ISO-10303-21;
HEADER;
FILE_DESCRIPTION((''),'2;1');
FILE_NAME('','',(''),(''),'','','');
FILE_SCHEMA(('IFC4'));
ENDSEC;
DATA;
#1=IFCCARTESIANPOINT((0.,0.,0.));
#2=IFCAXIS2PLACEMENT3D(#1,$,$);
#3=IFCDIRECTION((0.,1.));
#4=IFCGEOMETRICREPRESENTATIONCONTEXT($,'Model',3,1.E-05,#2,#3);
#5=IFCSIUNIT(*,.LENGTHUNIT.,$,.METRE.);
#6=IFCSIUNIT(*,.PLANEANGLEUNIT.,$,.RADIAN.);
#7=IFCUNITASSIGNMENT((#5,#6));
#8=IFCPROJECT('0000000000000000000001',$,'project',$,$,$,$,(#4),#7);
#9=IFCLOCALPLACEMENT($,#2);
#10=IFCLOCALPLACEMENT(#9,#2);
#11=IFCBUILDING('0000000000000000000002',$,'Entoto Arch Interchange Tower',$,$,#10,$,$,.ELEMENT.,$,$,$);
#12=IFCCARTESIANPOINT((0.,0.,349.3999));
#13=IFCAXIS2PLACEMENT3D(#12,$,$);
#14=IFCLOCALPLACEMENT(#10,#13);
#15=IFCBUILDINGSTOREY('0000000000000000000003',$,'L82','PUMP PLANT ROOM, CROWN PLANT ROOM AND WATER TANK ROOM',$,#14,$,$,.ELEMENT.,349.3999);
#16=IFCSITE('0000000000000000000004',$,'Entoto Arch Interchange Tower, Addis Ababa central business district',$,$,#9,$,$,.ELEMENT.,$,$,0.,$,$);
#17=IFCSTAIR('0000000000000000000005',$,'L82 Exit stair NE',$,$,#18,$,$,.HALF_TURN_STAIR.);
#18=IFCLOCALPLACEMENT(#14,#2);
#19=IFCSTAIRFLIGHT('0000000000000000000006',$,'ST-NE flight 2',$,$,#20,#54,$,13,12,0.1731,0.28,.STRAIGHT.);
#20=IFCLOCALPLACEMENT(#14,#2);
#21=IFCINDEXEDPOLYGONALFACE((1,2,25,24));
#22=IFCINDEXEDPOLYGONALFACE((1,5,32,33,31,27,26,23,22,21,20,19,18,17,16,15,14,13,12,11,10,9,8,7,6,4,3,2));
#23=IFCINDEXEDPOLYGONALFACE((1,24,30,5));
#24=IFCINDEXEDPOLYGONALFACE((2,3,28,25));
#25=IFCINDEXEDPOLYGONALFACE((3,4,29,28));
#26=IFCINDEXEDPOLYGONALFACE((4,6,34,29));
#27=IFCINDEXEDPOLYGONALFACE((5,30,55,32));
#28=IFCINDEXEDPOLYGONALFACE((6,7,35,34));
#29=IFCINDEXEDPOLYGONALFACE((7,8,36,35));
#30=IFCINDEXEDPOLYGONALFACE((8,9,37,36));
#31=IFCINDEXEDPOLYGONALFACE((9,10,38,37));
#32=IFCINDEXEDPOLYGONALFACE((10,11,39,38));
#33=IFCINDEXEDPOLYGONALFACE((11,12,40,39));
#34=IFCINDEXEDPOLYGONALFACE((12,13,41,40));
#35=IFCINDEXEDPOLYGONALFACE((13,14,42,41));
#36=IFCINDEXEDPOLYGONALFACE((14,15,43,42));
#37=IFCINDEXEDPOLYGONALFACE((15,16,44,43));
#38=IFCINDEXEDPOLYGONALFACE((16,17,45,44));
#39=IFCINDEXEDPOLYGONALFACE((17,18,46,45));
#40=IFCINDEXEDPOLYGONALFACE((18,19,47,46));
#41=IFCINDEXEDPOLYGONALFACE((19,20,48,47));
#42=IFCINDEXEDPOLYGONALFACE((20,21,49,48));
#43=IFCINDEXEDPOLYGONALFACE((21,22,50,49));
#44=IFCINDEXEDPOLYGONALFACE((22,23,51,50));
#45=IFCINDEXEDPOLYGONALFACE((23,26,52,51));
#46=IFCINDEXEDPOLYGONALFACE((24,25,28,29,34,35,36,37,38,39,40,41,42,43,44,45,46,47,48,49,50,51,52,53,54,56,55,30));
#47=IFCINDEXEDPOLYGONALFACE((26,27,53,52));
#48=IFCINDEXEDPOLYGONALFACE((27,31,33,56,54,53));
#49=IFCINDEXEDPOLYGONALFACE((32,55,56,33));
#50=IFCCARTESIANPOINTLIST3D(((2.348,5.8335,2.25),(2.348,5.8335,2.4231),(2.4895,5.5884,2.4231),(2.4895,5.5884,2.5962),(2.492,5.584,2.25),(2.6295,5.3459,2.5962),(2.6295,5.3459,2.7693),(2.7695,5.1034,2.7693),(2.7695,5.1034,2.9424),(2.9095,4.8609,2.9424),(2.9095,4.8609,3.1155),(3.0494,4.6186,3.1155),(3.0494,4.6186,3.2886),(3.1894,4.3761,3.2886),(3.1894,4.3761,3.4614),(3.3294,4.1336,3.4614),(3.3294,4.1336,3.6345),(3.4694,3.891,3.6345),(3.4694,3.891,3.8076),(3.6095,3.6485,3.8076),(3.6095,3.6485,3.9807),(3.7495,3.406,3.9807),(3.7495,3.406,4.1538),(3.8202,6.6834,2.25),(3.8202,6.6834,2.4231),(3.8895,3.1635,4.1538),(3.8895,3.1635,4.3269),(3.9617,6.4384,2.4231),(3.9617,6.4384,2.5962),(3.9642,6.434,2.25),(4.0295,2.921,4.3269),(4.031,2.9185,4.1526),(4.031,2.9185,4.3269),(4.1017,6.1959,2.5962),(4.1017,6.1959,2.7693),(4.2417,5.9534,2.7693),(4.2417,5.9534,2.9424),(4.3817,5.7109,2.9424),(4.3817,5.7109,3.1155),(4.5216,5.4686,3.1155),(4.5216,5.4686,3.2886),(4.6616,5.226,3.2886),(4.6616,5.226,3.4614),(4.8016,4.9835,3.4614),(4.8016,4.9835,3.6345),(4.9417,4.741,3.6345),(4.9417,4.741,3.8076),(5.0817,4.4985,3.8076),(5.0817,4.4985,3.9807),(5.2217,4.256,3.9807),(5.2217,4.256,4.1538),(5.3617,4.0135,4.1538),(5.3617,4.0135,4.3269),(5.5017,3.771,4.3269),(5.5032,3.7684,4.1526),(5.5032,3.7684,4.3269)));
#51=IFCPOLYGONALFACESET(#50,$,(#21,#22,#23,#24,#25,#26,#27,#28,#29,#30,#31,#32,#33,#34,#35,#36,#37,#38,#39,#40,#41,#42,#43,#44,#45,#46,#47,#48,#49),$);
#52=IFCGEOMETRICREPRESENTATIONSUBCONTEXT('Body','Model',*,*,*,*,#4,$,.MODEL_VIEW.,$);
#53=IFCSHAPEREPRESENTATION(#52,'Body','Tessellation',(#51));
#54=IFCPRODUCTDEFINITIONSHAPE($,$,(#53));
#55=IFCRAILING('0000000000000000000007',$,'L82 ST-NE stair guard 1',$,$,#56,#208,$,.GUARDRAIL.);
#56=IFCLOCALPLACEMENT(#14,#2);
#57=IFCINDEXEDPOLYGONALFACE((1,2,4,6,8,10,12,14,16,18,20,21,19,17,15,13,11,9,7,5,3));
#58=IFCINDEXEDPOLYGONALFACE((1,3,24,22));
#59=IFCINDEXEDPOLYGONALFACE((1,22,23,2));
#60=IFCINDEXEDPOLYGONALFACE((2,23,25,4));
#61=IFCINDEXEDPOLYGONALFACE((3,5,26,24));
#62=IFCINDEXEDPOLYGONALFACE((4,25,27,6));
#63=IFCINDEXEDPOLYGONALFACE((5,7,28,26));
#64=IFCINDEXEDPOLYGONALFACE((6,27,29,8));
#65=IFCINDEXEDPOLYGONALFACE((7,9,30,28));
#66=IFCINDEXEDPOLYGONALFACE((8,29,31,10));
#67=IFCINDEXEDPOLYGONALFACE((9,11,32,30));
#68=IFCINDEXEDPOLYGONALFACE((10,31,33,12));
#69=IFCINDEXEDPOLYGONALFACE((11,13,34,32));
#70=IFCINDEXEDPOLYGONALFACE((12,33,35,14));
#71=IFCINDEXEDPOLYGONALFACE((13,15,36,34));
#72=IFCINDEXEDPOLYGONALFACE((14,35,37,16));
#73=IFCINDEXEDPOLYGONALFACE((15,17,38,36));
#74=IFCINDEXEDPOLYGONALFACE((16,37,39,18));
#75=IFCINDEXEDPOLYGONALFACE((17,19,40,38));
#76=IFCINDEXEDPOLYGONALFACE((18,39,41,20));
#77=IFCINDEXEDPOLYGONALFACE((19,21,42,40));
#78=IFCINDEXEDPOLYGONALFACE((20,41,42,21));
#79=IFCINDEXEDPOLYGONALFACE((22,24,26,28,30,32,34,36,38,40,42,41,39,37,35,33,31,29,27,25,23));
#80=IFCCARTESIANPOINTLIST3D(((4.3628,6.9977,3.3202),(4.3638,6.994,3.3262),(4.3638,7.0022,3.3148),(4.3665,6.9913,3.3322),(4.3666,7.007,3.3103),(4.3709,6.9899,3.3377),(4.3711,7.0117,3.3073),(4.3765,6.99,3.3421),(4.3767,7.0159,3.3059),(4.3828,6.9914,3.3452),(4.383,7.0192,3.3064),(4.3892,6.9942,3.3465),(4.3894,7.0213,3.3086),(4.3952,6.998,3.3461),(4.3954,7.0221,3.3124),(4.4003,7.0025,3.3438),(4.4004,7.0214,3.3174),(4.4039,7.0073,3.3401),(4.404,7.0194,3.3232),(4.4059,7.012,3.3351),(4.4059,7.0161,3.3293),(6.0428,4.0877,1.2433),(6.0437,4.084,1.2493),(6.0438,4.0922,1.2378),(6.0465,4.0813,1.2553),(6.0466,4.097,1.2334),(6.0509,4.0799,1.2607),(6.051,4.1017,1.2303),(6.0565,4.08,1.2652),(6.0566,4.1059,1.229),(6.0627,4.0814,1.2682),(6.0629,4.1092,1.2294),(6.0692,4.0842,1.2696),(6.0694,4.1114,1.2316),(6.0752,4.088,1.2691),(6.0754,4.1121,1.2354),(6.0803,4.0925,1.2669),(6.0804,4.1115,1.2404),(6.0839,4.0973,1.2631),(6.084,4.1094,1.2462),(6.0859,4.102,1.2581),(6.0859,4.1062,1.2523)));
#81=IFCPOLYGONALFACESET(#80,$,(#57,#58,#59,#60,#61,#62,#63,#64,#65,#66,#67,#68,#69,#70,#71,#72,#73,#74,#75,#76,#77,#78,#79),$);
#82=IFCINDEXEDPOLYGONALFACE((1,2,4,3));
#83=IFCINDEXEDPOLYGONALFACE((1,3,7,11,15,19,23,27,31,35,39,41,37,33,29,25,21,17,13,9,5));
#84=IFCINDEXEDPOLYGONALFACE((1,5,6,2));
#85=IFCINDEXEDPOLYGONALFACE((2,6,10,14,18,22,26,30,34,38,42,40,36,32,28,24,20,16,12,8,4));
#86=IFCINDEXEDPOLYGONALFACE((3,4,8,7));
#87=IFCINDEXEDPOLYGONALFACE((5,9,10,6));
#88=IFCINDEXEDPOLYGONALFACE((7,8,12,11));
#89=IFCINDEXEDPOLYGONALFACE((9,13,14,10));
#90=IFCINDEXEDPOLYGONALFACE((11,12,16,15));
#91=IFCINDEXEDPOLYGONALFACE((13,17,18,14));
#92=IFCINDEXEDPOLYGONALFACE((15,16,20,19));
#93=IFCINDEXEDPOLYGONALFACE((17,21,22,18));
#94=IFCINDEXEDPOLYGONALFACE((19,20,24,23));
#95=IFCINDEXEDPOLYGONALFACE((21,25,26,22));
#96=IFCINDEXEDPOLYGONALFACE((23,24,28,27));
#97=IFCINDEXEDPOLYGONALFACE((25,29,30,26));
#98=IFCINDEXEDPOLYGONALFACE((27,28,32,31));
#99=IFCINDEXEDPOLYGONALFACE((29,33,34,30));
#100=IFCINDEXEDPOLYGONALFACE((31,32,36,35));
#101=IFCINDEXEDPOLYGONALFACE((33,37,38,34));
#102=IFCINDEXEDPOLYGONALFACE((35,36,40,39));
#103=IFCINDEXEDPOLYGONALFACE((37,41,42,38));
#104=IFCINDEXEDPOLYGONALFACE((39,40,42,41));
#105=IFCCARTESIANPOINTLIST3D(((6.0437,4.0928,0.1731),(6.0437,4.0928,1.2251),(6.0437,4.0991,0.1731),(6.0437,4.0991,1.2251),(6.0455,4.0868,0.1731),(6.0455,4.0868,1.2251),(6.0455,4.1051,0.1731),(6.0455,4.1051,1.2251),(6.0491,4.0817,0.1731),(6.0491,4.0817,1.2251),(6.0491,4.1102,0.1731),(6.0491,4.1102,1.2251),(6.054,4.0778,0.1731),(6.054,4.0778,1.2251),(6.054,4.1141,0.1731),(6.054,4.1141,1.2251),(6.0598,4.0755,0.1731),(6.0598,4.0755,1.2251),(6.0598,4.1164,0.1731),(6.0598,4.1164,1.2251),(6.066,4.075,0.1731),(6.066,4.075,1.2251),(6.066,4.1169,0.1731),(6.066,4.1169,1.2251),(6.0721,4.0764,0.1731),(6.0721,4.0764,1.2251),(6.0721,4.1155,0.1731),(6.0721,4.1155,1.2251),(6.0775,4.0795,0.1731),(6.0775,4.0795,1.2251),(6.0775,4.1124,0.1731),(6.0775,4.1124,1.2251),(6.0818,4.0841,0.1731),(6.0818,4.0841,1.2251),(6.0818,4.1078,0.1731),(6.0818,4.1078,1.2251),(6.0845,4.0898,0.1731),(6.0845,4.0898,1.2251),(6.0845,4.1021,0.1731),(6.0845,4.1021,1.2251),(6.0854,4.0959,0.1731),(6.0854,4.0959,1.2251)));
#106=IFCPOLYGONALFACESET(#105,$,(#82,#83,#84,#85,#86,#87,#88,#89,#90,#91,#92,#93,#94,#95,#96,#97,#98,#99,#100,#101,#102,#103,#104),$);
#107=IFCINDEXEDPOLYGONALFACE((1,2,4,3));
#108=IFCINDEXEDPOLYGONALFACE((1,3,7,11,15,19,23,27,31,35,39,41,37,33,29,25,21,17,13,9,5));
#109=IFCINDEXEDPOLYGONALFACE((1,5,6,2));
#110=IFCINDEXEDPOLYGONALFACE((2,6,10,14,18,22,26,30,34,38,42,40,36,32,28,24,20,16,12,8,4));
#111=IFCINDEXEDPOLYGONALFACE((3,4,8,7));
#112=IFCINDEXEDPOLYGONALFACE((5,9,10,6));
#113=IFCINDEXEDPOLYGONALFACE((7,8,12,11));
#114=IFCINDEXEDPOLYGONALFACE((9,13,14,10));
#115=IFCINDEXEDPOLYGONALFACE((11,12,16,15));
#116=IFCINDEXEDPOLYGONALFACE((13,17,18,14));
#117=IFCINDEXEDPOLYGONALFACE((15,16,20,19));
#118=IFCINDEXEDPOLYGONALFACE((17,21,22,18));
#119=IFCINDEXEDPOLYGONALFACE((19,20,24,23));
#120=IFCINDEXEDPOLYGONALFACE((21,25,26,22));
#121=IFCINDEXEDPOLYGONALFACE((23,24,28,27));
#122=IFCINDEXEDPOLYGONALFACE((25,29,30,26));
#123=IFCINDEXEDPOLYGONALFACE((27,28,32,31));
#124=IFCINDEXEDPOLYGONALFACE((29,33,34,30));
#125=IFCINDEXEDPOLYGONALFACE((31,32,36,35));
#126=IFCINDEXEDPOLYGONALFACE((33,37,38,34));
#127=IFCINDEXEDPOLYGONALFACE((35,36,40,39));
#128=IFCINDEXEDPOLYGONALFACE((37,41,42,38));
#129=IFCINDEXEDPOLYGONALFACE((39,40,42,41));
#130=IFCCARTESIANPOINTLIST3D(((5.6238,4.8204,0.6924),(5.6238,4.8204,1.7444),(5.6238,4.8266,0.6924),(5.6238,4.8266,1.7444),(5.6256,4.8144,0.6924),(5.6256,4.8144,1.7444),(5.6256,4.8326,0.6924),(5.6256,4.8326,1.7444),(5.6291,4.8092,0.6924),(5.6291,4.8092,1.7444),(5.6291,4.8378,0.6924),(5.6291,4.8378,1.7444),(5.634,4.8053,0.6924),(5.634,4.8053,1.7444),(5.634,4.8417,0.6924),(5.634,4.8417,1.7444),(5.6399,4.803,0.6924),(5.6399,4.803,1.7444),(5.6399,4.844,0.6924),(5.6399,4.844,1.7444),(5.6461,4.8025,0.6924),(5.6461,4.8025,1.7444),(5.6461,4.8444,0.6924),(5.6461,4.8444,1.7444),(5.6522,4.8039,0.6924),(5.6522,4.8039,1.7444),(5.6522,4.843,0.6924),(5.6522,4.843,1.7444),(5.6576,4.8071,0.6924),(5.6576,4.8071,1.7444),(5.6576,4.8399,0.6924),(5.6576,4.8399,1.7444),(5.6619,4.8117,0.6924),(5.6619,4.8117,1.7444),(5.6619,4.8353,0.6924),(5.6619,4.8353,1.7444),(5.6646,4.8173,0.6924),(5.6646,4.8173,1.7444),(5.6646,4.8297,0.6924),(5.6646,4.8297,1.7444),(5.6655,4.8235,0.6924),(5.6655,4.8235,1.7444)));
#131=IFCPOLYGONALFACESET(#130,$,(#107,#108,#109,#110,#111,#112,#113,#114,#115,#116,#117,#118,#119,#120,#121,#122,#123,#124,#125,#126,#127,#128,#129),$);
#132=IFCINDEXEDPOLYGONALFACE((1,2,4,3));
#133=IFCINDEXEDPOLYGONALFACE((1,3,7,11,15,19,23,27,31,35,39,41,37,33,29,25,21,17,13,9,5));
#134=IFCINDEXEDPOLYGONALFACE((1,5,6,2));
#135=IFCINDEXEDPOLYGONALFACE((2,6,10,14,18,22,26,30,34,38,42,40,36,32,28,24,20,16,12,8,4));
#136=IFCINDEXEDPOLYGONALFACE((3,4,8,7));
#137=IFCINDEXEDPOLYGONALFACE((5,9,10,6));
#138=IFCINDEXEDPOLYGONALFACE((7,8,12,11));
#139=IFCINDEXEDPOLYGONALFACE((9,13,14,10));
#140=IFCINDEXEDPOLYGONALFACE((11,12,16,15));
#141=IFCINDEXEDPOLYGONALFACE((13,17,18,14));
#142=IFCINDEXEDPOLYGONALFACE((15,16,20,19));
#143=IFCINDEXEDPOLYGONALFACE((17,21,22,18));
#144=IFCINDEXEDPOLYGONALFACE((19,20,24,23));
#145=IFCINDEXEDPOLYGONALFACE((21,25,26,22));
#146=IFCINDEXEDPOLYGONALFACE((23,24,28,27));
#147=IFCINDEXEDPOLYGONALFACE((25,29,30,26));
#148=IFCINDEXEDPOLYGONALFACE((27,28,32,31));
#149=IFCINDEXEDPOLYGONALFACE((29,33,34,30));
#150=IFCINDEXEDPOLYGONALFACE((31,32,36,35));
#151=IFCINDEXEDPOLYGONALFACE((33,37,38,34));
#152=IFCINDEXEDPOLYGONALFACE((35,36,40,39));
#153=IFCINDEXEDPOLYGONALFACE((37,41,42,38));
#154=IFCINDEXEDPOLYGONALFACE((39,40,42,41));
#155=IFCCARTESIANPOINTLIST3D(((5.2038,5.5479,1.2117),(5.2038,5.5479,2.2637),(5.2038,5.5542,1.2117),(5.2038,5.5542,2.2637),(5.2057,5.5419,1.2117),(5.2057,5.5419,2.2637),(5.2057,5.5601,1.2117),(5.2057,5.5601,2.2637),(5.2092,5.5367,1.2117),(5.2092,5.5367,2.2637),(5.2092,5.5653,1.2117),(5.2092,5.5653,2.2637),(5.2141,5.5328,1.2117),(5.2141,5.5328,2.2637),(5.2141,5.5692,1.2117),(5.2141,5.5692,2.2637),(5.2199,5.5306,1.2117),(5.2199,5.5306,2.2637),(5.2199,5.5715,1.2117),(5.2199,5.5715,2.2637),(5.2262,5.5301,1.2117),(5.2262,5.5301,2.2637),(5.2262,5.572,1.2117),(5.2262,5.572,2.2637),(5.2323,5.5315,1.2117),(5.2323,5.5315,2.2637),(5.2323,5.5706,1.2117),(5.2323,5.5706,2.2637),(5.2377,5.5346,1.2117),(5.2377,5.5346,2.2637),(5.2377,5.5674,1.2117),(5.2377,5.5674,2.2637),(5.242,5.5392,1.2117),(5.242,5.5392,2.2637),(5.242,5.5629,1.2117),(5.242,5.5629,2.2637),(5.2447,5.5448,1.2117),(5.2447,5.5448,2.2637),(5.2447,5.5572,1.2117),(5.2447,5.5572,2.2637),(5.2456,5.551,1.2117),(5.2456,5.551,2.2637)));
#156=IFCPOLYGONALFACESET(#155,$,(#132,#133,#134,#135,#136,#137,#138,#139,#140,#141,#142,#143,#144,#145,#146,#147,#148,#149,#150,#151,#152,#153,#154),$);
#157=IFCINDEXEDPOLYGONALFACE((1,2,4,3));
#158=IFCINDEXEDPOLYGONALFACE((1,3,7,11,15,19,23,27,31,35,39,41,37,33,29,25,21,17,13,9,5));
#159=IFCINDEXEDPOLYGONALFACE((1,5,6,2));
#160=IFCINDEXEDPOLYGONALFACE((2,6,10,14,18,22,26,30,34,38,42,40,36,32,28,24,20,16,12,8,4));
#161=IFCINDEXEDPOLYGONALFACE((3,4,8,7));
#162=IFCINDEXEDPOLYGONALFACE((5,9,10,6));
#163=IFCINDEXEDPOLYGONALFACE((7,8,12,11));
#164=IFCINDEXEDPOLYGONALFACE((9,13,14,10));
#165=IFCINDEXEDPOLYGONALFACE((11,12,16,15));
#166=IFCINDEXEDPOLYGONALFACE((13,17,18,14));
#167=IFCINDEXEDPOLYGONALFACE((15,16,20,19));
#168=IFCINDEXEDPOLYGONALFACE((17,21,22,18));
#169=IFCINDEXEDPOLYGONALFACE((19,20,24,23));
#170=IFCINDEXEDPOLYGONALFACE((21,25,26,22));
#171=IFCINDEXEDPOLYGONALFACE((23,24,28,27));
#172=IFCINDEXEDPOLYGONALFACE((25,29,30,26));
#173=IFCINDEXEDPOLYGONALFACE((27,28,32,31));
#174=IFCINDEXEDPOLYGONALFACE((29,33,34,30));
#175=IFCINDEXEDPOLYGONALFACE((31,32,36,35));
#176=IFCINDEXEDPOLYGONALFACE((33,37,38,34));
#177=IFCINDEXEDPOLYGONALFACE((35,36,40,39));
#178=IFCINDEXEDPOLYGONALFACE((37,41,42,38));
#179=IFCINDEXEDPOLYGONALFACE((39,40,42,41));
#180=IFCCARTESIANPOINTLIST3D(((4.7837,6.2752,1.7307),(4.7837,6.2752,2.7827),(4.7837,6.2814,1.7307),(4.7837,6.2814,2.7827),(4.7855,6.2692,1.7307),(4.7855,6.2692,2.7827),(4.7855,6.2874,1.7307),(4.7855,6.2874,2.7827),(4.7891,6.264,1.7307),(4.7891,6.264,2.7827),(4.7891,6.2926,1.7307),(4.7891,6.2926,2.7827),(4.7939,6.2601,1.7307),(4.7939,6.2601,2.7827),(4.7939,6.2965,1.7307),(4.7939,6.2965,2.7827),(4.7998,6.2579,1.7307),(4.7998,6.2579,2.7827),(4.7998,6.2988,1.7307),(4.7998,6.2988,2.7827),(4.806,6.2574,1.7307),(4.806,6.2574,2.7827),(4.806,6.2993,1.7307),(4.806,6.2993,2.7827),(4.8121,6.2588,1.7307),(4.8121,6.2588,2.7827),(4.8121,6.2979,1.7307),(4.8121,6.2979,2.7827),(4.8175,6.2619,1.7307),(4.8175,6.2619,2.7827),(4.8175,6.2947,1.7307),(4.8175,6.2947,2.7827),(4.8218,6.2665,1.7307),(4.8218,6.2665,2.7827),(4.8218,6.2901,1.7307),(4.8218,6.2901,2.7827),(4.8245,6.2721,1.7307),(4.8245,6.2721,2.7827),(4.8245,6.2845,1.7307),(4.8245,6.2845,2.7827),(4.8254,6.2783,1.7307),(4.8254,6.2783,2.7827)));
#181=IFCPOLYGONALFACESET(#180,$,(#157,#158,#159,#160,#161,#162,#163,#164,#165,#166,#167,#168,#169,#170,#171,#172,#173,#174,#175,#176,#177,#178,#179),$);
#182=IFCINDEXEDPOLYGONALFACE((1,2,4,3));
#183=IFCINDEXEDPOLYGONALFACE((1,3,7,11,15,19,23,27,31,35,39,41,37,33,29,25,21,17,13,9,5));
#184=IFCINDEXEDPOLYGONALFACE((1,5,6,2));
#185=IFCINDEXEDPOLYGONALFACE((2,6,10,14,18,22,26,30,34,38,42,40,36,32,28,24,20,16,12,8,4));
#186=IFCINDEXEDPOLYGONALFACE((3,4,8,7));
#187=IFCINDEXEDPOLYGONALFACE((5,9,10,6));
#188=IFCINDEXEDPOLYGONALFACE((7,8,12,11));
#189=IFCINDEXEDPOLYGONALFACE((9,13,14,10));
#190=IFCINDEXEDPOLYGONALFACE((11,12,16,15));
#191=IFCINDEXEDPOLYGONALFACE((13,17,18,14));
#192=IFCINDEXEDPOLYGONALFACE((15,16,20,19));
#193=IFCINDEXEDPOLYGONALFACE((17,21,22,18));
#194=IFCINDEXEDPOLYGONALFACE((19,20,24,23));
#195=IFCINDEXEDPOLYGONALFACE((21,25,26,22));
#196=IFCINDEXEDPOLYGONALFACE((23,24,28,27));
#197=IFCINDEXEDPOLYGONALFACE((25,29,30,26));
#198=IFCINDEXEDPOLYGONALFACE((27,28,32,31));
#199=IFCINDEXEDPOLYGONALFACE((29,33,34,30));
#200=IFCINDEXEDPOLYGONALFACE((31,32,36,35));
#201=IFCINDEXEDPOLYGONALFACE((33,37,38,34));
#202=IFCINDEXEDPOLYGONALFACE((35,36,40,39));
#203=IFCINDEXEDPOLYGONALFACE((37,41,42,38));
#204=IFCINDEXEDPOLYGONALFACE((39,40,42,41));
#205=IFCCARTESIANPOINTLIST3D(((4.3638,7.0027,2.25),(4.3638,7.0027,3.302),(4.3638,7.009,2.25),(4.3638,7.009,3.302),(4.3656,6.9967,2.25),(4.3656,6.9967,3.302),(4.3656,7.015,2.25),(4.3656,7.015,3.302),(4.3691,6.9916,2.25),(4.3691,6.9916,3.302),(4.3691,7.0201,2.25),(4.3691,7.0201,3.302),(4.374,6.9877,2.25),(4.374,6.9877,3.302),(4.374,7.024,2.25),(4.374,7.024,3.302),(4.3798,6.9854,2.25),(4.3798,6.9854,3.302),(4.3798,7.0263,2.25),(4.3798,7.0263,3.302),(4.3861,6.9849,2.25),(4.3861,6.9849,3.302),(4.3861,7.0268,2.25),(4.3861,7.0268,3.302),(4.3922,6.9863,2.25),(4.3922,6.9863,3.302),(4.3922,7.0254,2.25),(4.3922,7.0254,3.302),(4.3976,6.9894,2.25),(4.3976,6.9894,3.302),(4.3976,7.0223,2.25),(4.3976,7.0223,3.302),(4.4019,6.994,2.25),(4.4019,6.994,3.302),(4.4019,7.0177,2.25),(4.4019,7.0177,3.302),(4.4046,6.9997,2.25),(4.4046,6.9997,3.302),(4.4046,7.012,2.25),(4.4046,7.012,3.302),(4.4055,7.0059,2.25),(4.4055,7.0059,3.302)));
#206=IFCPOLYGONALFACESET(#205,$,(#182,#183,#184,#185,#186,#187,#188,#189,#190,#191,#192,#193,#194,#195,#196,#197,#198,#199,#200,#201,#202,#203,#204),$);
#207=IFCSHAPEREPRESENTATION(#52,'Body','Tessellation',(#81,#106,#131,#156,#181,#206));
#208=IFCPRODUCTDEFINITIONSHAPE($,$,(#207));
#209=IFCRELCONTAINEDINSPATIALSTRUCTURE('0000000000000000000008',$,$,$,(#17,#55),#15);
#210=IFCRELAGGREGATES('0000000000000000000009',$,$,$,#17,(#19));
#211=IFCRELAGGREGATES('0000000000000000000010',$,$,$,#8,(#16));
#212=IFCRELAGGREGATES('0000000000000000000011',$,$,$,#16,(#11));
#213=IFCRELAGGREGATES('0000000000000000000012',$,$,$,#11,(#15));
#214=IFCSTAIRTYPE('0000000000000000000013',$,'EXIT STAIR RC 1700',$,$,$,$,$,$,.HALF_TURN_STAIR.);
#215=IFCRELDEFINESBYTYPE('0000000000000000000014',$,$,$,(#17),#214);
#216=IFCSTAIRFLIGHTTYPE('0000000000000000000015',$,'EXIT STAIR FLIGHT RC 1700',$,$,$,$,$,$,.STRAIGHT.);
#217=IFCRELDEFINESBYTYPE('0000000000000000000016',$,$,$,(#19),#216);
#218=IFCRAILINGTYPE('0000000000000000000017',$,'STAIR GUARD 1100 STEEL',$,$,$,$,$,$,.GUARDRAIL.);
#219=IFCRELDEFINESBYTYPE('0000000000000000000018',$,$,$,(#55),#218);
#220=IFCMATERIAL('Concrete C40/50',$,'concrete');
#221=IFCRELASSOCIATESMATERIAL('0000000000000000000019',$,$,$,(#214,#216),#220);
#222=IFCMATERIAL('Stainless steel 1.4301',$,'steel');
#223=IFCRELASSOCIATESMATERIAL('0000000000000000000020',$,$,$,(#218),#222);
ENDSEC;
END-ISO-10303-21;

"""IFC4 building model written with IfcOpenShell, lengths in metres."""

from ifc_helpers import new_model, si_unit, direction, frame, origin, origin_2d, place, context, subcontext, project, spatial, polyline, circle, outline, extrude, material, type_object, element, aggregate, save


model = new_model("IFC4")

# Units and contexts
model_context = context("Model", 3, precision=1e-05, world=origin(), true_north=direction((0.0, 1.0)))
body_context = subcontext(model_context, "Body", "Model", "MODEL_VIEW")
ifc_project = project(units=[si_unit("LENGTHUNIT", "METRE"), si_unit("PLANEANGLEUNIT", "RADIAN")], contexts=[model_context])

# Site, building, storey
site_placement = place(None, origin())
site = spatial("IfcSite", under=ifc_project, at=site_placement, Name="Entoto Arch Interchange Tower, Addis Ababa central business district", CompositionType="ELEMENT", RefElevation=0.0)
building_placement = place(site_placement, origin())
building = spatial("IfcBuilding", under=site, at=building_placement, Name="Entoto Arch Interchange Tower", CompositionType="ELEMENT")
storey_placement = place(building_placement, frame((0.0, 0.0, 349.3999)))
storey = spatial("IfcBuildingStorey", under=building, at=storey_placement, Name="L82", Description="PUMP PLANT ROOM, CROWN PLANT ROOM AND WATER TANK ROOM", CompositionType="ELEMENT", Elevation=349.3999)

# Shared definitions
ifc_material_1 = material(Name="Concrete C40/50", Category="concrete")

# Stair, stair flight
stair_type = type_object("IfcStairType", Name="EXIT STAIR RC 1700", PredefinedType="HALF_TURN_STAIR", material=ifc_material_1)
stair_placement = place(storey_placement, origin())
stair = element("IfcStair", 1, at=stair_placement, inside=storey, type_object=stair_type, Name="L82 Exit stair NE", PredefinedType="HALF_TURN_STAIR")
stair_flight_type = type_object("IfcStairFlightType", Name="EXIT STAIR FLIGHT RC 1700", PredefinedType="STRAIGHT", material=ifc_material_1)
stair_flight_1_placement = place(storey_placement, frame((3.0854, 6.2559, 2.25), z_axis=(0.0, 0.0, 1.0), x_axis=(0.5, -0.866025, 0.0)))
stair_flight_1 = element("IfcStairFlight", 2, at=stair_flight_1_placement, type_object=stair_flight_type, Name="ST-NE flight 2", NumberOfRisers=13, NumberOfTreads=12, PredefinedType="STRAIGHT", RiserHeight=0.1731, TreadLength=0.28, context=body_context, shape_type="SweptSolid", body=[
    extrude(outline(polyline([(-0.0029, 0.0), (-0.0029, 0.1731), (0.28, 0.1731), (0.28, 0.3462), (0.5601, 0.3462), (0.5601, 0.5193), (0.8401, 0.5193), (0.8401, 0.6924), (1.1201, 0.6924), (1.1201, 0.8655), (1.3999, 0.8655), (1.3999, 1.0386), (1.6799, 1.0386), (1.6799, 1.2114), (1.96, 1.2114), (1.96, 1.3845), (2.24, 1.3845), (2.24, 1.5576), (2.52, 1.5576), (2.52, 1.7307), (2.8, 1.7307), (2.8, 1.9038), (3.0801, 1.9038), (3.0801, 2.0769), (3.3601, 2.0769), (3.363, 2.0769), (3.363, 1.9026), (0.2852, 0.0), (-0.0029, 0.0)])), frame((0.0, 0.8501, 0.0), z_axis=(0.0, -1.0, 0.0), x_axis=(1.0, 0.0, 0.0)), (0.0, 0.0, 1.0), 1.7),
])
aggregate(stair, [stair_flight_1])

# Railing
ifc_material_2 = material(Name="Stainless steel 1.4301", Category="steel")
railing_type_1 = type_object("IfcRailingType", Name="STAIR GUARD 1100 STEEL", PredefinedType="GUARDRAIL", material=ifc_material_2)
railing_1_placement = place(storey_placement, frame((6.0645, 4.0959, 0.1731)))
element("IfcRailing", 3, at=railing_1_placement, inside=storey, type_object=railing_type_1, Name="L82 ST-NE stair guard 1", PredefinedType="GUARDRAIL", context=body_context, shape_type="SweptSolid", body=[
    extrude(circle(Radius=0.0239, at=origin_2d()), frame((0.0, 0.0, 1.0762), z_axis=(-0.425288, 0.736668, 0.525785), x_axis=(-0.866039, -0.499976, 0.0)), (0.0, 0.0, 1.0), 3.9502),
    extrude(circle(Radius=0.021, at=origin_2d()), origin(), (0.0, 0.0, 1.0), 1.052),
    extrude(circle(Radius=0.021, at=origin_2d()), frame((-0.4199, 0.7275, 0.5193)), (0.0, 0.0, 1.0), 1.052),
    extrude(circle(Radius=0.021, at=origin_2d()), frame((-0.8398, 1.4551, 1.0386)), (0.0, 0.0, 1.0), 1.052),
    extrude(circle(Radius=0.021, at=origin_2d()), frame((-1.26, 2.1824, 1.5576)), (0.0, 0.0, 1.0), 1.052),
    extrude(circle(Radius=0.021, at=origin_2d()), frame((-1.6799, 2.9099, 2.0769)), (0.0, 0.0, 1.0), 1.052),
])

save(model, "model.ifc")
